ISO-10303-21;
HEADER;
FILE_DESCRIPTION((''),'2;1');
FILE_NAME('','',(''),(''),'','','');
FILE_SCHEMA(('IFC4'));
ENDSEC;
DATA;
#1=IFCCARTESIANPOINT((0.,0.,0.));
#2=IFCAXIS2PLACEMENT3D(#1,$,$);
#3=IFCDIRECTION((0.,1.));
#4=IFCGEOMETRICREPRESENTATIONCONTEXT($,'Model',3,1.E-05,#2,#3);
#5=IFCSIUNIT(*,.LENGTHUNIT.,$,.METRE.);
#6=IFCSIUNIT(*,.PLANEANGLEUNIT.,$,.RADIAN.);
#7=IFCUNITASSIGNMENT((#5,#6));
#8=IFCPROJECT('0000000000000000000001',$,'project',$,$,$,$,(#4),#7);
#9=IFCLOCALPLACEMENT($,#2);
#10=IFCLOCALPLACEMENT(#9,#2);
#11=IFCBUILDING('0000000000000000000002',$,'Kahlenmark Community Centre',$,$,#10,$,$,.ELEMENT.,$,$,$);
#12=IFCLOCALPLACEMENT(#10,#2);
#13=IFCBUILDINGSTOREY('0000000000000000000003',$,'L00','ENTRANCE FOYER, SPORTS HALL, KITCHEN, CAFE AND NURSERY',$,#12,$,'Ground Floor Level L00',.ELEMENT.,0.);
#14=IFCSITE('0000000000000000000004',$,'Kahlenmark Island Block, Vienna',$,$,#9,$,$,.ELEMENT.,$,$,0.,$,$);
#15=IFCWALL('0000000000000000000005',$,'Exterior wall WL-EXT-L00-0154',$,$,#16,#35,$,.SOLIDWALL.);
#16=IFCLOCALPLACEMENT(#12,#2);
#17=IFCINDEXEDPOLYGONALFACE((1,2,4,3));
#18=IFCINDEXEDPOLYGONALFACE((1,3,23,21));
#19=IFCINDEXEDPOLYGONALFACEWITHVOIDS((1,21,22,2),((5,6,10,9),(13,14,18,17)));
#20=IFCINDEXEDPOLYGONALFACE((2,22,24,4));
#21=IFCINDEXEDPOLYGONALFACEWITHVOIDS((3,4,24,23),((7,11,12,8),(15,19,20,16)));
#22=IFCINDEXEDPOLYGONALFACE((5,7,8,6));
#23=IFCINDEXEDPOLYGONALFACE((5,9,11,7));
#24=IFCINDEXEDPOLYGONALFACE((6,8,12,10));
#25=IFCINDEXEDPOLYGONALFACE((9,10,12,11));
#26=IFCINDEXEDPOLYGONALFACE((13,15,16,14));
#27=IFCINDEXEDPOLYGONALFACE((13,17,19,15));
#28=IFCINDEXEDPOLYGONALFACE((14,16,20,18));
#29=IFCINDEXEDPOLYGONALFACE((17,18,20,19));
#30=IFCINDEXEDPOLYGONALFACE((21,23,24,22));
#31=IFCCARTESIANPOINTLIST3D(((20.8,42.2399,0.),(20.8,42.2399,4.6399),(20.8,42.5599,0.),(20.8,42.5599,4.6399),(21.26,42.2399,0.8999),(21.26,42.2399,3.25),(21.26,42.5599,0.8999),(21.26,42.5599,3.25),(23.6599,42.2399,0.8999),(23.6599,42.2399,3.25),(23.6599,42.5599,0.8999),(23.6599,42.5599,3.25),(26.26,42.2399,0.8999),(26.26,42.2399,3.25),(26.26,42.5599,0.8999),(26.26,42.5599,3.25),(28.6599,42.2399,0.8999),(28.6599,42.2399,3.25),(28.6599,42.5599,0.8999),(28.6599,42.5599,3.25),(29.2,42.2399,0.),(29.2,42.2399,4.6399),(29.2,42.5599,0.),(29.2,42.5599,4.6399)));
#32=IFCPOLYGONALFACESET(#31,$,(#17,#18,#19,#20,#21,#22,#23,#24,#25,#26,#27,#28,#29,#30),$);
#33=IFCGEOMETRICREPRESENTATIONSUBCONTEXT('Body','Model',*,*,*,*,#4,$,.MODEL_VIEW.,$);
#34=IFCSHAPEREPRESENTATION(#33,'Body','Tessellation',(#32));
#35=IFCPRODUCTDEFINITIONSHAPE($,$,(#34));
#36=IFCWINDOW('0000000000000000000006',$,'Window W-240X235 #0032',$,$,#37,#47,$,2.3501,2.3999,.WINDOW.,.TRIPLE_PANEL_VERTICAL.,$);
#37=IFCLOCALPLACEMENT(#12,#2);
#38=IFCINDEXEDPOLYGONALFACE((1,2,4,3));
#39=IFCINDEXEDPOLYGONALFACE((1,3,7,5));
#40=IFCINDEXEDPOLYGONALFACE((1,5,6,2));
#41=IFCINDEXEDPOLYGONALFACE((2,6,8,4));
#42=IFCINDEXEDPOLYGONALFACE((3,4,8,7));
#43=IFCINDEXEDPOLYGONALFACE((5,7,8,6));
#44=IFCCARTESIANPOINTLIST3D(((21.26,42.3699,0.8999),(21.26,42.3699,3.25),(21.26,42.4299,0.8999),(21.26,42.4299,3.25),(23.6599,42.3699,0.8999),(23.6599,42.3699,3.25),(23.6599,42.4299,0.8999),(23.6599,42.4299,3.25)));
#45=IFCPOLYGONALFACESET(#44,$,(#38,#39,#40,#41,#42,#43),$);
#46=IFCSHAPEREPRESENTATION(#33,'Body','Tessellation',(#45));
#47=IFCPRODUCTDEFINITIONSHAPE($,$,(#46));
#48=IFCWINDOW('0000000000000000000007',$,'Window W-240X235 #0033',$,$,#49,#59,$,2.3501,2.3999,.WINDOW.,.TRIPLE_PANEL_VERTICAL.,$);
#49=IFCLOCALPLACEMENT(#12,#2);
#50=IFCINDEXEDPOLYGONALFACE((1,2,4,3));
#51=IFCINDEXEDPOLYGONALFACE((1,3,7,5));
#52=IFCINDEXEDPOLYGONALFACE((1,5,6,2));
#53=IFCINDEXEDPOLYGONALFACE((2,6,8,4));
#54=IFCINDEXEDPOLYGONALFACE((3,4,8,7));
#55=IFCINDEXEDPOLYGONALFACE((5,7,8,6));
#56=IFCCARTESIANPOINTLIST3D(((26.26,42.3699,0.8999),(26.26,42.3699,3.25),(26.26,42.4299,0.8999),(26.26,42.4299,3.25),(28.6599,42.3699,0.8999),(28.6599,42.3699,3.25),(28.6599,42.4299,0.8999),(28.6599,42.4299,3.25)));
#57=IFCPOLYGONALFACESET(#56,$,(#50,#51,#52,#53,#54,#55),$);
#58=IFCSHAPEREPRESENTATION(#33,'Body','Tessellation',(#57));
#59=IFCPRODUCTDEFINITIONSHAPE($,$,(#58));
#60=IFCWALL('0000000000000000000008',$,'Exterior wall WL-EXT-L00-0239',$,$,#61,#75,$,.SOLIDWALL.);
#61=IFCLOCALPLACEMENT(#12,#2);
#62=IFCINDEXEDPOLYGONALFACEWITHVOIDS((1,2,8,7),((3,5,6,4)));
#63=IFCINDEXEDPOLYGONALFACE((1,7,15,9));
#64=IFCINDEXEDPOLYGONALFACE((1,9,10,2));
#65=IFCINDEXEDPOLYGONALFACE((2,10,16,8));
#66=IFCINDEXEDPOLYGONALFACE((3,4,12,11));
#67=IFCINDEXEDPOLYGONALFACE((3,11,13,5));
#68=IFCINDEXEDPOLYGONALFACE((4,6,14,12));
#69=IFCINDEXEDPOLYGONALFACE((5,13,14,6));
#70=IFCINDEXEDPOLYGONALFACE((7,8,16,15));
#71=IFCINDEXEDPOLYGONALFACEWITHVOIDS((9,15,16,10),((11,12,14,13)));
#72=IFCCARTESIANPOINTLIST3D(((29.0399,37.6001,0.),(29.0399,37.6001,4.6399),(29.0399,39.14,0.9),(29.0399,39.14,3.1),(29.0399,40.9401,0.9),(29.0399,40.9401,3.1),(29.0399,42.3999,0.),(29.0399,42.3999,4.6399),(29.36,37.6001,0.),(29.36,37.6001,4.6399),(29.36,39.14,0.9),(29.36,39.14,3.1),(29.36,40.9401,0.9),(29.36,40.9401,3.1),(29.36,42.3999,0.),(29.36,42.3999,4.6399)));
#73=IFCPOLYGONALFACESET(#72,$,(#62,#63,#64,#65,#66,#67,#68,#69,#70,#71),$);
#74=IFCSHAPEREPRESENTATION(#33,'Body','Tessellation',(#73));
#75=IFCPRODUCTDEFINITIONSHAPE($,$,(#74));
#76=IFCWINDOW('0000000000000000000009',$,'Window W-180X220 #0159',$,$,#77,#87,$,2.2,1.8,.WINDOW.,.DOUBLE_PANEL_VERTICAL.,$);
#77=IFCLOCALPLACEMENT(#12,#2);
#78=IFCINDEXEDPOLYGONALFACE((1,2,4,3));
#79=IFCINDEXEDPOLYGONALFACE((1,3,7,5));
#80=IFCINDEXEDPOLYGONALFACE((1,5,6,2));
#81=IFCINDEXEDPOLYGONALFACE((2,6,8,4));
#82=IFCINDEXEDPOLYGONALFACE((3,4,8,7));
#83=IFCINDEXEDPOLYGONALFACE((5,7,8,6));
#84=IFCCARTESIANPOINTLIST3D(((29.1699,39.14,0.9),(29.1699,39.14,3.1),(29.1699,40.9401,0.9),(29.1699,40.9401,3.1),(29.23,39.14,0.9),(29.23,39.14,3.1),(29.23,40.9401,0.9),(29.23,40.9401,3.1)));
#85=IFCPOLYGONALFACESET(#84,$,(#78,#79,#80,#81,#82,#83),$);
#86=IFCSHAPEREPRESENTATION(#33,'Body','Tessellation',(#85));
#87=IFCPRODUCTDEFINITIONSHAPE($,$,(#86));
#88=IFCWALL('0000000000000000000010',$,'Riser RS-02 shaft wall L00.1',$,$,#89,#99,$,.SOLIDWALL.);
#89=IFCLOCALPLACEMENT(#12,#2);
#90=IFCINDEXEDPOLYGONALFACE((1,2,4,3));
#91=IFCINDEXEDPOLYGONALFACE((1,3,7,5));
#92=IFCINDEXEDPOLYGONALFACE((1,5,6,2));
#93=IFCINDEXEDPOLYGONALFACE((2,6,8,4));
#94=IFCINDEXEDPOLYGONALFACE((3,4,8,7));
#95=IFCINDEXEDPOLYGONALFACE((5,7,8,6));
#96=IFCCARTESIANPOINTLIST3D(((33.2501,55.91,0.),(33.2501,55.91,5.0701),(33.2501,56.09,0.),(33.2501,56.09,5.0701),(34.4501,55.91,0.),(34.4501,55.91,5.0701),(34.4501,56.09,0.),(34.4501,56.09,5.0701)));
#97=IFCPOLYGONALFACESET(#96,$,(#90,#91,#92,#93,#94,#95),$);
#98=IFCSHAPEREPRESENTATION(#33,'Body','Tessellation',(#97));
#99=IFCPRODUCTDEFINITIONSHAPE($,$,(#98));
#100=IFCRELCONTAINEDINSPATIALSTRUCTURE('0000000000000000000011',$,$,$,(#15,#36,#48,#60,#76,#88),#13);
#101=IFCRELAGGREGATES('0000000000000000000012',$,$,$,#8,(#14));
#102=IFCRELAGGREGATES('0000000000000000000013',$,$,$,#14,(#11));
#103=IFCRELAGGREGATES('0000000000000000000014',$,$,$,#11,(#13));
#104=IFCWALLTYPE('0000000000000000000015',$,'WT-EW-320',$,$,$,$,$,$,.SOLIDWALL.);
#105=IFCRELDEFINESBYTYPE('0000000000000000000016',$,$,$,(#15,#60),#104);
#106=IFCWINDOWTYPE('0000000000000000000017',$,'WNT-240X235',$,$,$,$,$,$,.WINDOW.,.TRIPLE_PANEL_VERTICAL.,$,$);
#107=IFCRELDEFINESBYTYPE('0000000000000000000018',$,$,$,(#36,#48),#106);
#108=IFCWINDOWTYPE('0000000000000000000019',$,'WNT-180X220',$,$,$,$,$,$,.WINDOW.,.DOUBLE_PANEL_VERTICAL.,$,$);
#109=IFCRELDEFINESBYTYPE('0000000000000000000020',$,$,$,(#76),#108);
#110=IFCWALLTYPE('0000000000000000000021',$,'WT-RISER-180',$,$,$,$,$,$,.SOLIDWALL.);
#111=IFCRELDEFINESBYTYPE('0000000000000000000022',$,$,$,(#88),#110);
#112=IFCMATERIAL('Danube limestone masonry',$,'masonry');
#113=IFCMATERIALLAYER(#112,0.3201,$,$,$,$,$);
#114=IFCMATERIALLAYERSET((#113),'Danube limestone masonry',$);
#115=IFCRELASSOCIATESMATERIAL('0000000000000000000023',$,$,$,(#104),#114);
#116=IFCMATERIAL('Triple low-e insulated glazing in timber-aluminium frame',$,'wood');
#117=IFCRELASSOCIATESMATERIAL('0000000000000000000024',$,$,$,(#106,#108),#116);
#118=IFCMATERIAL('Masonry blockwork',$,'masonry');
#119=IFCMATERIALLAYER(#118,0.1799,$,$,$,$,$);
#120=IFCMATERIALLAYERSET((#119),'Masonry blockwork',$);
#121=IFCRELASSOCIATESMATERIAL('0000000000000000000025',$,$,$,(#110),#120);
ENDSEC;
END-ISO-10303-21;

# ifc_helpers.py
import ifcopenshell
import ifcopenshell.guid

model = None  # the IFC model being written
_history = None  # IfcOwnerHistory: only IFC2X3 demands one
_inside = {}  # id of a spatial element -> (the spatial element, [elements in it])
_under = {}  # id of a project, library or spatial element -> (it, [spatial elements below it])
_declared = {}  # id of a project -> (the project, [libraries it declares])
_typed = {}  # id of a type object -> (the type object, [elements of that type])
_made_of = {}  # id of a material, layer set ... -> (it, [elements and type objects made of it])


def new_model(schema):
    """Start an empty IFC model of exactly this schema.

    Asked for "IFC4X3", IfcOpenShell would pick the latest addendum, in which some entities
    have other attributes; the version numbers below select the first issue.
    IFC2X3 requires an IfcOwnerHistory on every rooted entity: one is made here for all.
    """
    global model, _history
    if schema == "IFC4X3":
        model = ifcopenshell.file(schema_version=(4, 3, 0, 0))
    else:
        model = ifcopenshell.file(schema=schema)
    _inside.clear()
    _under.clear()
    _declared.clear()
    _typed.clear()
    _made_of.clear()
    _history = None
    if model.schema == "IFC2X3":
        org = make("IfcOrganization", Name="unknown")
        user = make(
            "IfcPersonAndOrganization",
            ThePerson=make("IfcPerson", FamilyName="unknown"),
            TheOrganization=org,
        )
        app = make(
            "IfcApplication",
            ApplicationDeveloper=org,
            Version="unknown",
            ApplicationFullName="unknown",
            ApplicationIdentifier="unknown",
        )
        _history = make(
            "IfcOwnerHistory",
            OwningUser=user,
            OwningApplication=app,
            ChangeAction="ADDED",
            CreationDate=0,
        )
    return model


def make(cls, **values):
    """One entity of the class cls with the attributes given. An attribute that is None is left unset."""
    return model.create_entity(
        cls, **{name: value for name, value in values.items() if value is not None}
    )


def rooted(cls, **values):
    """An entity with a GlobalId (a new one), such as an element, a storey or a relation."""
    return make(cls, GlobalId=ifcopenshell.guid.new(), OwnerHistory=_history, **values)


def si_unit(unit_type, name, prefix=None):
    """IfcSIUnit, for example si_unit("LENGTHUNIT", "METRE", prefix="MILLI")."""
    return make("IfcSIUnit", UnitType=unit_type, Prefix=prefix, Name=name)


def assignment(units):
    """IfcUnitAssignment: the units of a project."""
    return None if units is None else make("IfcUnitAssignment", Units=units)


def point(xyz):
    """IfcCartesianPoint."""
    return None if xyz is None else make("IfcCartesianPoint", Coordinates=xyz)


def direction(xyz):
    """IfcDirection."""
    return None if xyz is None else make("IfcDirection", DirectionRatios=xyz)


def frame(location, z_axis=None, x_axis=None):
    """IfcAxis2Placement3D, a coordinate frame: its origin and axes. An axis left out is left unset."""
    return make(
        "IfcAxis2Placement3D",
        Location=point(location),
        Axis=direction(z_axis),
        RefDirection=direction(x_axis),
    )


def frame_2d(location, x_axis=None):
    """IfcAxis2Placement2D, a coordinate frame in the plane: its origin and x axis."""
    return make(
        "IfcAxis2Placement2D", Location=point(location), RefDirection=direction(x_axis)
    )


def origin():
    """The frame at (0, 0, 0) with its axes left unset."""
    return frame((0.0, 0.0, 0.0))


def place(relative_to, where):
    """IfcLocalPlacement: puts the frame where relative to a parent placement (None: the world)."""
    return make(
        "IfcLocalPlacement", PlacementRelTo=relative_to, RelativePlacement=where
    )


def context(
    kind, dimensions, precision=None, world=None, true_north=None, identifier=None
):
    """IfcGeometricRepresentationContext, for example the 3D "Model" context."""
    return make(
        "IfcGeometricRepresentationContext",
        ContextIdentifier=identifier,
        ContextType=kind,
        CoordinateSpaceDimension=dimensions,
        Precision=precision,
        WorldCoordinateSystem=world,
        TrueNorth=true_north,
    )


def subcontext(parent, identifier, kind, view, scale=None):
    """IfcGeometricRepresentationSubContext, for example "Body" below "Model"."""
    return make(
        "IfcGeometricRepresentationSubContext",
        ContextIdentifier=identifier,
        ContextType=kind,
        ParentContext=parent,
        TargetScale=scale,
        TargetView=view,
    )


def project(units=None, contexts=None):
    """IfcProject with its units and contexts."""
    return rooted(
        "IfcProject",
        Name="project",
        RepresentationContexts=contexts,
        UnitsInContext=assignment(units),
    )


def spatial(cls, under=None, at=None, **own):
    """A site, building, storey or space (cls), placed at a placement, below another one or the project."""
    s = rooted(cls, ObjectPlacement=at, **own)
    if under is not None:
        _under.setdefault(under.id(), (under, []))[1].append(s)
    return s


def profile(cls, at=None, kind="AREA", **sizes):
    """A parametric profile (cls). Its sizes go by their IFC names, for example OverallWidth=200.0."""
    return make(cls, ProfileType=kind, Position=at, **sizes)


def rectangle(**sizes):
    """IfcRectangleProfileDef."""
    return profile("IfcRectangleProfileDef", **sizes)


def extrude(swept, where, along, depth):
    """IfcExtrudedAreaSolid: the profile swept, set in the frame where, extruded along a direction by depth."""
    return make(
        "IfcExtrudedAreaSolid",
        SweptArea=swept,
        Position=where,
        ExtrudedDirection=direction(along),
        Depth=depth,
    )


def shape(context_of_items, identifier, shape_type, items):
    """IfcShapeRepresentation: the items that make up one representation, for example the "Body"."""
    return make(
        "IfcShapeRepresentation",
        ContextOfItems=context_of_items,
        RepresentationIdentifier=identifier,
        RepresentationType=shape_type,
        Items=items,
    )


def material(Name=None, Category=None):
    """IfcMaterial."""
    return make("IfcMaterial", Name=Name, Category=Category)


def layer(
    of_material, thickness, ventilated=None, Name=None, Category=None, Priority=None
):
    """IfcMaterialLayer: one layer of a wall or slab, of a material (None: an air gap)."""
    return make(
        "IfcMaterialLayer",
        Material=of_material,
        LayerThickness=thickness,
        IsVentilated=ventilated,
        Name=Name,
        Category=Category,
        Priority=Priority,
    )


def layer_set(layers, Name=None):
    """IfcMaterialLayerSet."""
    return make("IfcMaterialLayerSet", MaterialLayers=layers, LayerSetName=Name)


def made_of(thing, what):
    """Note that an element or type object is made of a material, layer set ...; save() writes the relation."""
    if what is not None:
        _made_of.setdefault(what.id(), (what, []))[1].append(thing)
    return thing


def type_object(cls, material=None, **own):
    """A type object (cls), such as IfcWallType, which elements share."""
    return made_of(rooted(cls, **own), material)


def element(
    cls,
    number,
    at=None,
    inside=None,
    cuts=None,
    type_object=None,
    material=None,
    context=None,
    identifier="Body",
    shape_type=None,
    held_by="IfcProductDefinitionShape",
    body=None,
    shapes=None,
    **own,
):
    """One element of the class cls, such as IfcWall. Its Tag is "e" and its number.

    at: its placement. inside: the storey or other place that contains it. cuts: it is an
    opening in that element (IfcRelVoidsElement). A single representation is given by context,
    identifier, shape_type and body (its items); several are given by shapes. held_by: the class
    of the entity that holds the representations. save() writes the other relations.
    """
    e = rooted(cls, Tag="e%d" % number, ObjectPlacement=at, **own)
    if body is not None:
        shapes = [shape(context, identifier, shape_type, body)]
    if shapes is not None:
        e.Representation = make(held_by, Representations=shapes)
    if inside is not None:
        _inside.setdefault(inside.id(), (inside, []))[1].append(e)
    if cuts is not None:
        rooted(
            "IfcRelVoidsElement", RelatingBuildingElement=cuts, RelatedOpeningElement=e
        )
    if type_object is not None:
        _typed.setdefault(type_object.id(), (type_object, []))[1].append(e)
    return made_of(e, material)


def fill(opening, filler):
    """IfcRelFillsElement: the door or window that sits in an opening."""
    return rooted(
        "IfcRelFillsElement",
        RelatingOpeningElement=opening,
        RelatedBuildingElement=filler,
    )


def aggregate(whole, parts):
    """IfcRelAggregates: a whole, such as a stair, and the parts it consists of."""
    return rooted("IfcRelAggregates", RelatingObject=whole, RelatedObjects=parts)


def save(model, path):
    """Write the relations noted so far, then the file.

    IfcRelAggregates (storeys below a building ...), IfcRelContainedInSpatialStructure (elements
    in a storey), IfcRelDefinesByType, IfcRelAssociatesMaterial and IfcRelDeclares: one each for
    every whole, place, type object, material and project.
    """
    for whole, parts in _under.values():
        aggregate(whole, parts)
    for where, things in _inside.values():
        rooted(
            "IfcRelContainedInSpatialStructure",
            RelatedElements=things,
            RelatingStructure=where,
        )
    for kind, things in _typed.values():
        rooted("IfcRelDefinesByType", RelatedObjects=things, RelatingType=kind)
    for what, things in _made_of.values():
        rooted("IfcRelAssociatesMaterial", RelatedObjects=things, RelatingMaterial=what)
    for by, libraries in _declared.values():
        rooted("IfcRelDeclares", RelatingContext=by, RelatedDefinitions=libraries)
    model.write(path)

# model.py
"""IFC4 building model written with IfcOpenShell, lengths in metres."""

from ifc_helpers import new_model, si_unit, direction, frame, frame_2d, origin, place, context, subcontext, project, spatial, rectangle, extrude, material, layer, layer_set, type_object, element, fill, save


model = new_model("IFC4")

# Units and contexts
model_context = context("Model", 3, precision=1e-05, world=origin(), true_north=direction((0.0, 1.0)))
body_context = subcontext(model_context, "Body", "Model", "MODEL_VIEW")
ifc_project = project(units=[si_unit("LENGTHUNIT", "METRE"), si_unit("PLANEANGLEUNIT", "RADIAN")], contexts=[model_context])

# Site, building, storey
site_placement = place(None, origin())
site = spatial("IfcSite", under=ifc_project, at=site_placement, Name="Kahlenmark Island Block, Vienna", CompositionType="ELEMENT", RefElevation=0.0)
building_placement = place(site_placement, origin())
building = spatial("IfcBuilding", under=site, at=building_placement, Name="Kahlenmark Community Centre", CompositionType="ELEMENT")
storey_placement = place(building_placement, origin())
storey = spatial("IfcBuildingStorey", under=building, at=storey_placement, Name="L00", Description="ENTRANCE FOYER, SPORTS HALL, KITCHEN, CAFE AND NURSERY", LongName="Ground Floor Level L00", CompositionType="ELEMENT", Elevation=0.0)

# Wall, openings, windows
ifc_material_1 = material(Name="Danube limestone masonry", Category="masonry")
ifc_layer_1 = layer(ifc_material_1, 0.3201)
ifc_layer_set_1 = layer_set([ifc_layer_1], Name="Danube limestone masonry")
wall_type_1 = type_object("IfcWallType", Name="WT-EW-320", PredefinedType="SOLIDWALL", material=ifc_layer_set_1)
wall_1_placement = place(storey_placement, frame((20.8, 42.3999, 0.0), z_axis=(0.0, 0.0, 1.0), x_axis=(1.0, 0.0, 0.0)))
wall_1 = element("IfcWall", 1, at=wall_1_placement, inside=storey, type_object=wall_type_1, Name="Exterior wall WL-EXT-L00-0154", PredefinedType="SOLIDWALL", context=body_context, shape_type="SweptSolid", body=[
    extrude(rectangle(XDim=8.3999, YDim=0.3201, at=frame_2d((4.2, 0.0))), origin(), (0.0, 0.0, 1.0), 4.6399),
])
opening_1_placement = place(wall_1_placement, frame((0.46, 0.0, 0.8999)))
opening_1 = element("IfcOpeningElement", 2, at=opening_1_placement, cuts=wall_1, PredefinedType="OPENING", context=body_context, shape_type="SweptSolid", body=[
    extrude(rectangle(XDim=2.3999, YDim=2.3501, at=frame_2d((1.2, 1.175))), frame((0.0, 0.1699, 0.0), z_axis=(0.0, -1.0, 0.0), x_axis=(1.0, 0.0, 0.0)), (0.0, 0.0, 1.0), 0.3401),
])
opening_2_placement = place(wall_1_placement, frame((5.46, 0.0, 0.8999)))
opening_2 = element("IfcOpeningElement", 3, at=opening_2_placement, cuts=wall_1, PredefinedType="OPENING", context=body_context, shape_type="SweptSolid", body=[
    extrude(rectangle(XDim=2.3999, YDim=2.3501, at=frame_2d((1.2, 1.175))), frame((0.0, 0.1699, 0.0), z_axis=(0.0, -1.0, 0.0), x_axis=(1.0, 0.0, 0.0)), (0.0, 0.0, 1.0), 0.3401),
])
ifc_material_2 = material(Name="Triple low-e insulated glazing in timber-aluminium frame", Category="wood")
window_type_1 = type_object("IfcWindowType", Name="WNT-240X235", PartitioningType="TRIPLE_PANEL_VERTICAL", PredefinedType="WINDOW", material=ifc_material_2)
window_1_placement = place(opening_1_placement, origin())
window_1 = element("IfcWindow", 4, at=window_1_placement, inside=storey, type_object=window_type_1, Name="Window W-240X235 #0032", OverallHeight=2.3501, OverallWidth=2.3999, PartitioningType="TRIPLE_PANEL_VERTICAL", PredefinedType="WINDOW", context=body_context, shape_type="SweptSolid", body=[
    extrude(rectangle(XDim=2.3999, YDim=2.3501, at=frame_2d((1.2, 1.175))), frame((0.0, 0.03, 0.0), z_axis=(0.0, -1.0, 0.0), x_axis=(1.0, 0.0, 0.0)), (0.0, 0.0, 1.0), 0.0601),
])
fill(opening_1, window_1)
window_2_placement = place(opening_2_placement, origin())
window_2 = element("IfcWindow", 5, at=window_2_placement, inside=storey, type_object=window_type_1, Name="Window W-240X235 #0033", OverallHeight=2.3501, OverallWidth=2.3999, PartitioningType="TRIPLE_PANEL_VERTICAL", PredefinedType="WINDOW", context=body_context, shape_type="SweptSolid", body=[
    extrude(rectangle(XDim=2.3999, YDim=2.3501, at=frame_2d((1.2, 1.175))), frame((0.0, 0.03, 0.0), z_axis=(0.0, -1.0, 0.0), x_axis=(1.0, 0.0, 0.0)), (0.0, 0.0, 1.0), 0.0601),
])
fill(opening_2, window_2)

# Wall, opening, window
wall_2_placement = place(storey_placement, frame((29.2, 42.3999, 0.0), z_axis=(0.0, 0.0, 1.0), x_axis=(0.0, -1.0, 0.0)))
wall_2 = element("IfcWall", 6, at=wall_2_placement, inside=storey, type_object=wall_type_1, Name="Exterior wall WL-EXT-L00-0239", PredefinedType="SOLIDWALL", context=body_context, shape_type="SweptSolid", body=[
    extrude(rectangle(XDim=4.7998, YDim=0.3201, at=frame_2d((2.3999, 0.0))), origin(), (0.0, 0.0, 1.0), 4.6399),
])
opening_3_placement = place(wall_2_placement, frame((1.46, 0.0, 0.8999)))
opening_3 = element("IfcOpeningElement", 7, at=opening_3_placement, cuts=wall_2, PredefinedType="OPENING", context=body_context, shape_type="SweptSolid", body=[
    extrude(rectangle(XDim=1.8, YDim=2.2, at=frame_2d((0.8999, 1.1001))), frame((0.0, 0.1699, 0.0), z_axis=(0.0, -1.0, 0.0), x_axis=(1.0, 0.0, 0.0)), (0.0, 0.0, 1.0), 0.3401),
])
window_type_2 = type_object("IfcWindowType", Name="WNT-180X220", PartitioningType="DOUBLE_PANEL_VERTICAL", PredefinedType="WINDOW", material=ifc_material_2)
window_3_placement = place(opening_3_placement, origin())
window_3 = element("IfcWindow", 8, at=window_3_placement, inside=storey, type_object=window_type_2, Name="Window W-180X220 #0159", OverallHeight=2.2, OverallWidth=1.8, PartitioningType="DOUBLE_PANEL_VERTICAL", PredefinedType="WINDOW", context=body_context, shape_type="SweptSolid", body=[
    extrude(rectangle(XDim=1.8, YDim=2.2, at=frame_2d((0.8999, 1.1001))), frame((0.0, 0.03, 0.0), z_axis=(0.0, -1.0, 0.0), x_axis=(1.0, 0.0, 0.0)), (0.0, 0.0, 1.0), 0.0601),
])
fill(opening_3, window_3)

# Shared definitions
ifc_material_3 = material(Name="Masonry blockwork", Category="masonry")

# Wall
ifc_layer_2 = layer(ifc_material_3, 0.1799)
ifc_layer_set_2 = layer_set([ifc_layer_2], Name="Masonry blockwork")
wall_type_2 = type_object("IfcWallType", Name="WT-RISER-180", PredefinedType="SOLIDWALL", material=ifc_layer_set_2)
wall_3_placement = place(storey_placement, frame((33.25, 56.0, 0.0), z_axis=(0.0, 0.0, 1.0), x_axis=(1.0, 0.0, 0.0)))
element("IfcWall", 9, at=wall_3_placement, inside=storey, type_object=wall_type_2, Name="Riser RS-02 shaft wall L00.1", PredefinedType="SOLIDWALL", context=body_context, shape_type="SweptSolid", body=[
    extrude(rectangle(XDim=1.2, YDim=0.1799, at=frame_2d((0.6001, 0.0))), origin(), (0.0, 0.0, 1.0), 5.0701),
])

save(model, "model.ifc")
